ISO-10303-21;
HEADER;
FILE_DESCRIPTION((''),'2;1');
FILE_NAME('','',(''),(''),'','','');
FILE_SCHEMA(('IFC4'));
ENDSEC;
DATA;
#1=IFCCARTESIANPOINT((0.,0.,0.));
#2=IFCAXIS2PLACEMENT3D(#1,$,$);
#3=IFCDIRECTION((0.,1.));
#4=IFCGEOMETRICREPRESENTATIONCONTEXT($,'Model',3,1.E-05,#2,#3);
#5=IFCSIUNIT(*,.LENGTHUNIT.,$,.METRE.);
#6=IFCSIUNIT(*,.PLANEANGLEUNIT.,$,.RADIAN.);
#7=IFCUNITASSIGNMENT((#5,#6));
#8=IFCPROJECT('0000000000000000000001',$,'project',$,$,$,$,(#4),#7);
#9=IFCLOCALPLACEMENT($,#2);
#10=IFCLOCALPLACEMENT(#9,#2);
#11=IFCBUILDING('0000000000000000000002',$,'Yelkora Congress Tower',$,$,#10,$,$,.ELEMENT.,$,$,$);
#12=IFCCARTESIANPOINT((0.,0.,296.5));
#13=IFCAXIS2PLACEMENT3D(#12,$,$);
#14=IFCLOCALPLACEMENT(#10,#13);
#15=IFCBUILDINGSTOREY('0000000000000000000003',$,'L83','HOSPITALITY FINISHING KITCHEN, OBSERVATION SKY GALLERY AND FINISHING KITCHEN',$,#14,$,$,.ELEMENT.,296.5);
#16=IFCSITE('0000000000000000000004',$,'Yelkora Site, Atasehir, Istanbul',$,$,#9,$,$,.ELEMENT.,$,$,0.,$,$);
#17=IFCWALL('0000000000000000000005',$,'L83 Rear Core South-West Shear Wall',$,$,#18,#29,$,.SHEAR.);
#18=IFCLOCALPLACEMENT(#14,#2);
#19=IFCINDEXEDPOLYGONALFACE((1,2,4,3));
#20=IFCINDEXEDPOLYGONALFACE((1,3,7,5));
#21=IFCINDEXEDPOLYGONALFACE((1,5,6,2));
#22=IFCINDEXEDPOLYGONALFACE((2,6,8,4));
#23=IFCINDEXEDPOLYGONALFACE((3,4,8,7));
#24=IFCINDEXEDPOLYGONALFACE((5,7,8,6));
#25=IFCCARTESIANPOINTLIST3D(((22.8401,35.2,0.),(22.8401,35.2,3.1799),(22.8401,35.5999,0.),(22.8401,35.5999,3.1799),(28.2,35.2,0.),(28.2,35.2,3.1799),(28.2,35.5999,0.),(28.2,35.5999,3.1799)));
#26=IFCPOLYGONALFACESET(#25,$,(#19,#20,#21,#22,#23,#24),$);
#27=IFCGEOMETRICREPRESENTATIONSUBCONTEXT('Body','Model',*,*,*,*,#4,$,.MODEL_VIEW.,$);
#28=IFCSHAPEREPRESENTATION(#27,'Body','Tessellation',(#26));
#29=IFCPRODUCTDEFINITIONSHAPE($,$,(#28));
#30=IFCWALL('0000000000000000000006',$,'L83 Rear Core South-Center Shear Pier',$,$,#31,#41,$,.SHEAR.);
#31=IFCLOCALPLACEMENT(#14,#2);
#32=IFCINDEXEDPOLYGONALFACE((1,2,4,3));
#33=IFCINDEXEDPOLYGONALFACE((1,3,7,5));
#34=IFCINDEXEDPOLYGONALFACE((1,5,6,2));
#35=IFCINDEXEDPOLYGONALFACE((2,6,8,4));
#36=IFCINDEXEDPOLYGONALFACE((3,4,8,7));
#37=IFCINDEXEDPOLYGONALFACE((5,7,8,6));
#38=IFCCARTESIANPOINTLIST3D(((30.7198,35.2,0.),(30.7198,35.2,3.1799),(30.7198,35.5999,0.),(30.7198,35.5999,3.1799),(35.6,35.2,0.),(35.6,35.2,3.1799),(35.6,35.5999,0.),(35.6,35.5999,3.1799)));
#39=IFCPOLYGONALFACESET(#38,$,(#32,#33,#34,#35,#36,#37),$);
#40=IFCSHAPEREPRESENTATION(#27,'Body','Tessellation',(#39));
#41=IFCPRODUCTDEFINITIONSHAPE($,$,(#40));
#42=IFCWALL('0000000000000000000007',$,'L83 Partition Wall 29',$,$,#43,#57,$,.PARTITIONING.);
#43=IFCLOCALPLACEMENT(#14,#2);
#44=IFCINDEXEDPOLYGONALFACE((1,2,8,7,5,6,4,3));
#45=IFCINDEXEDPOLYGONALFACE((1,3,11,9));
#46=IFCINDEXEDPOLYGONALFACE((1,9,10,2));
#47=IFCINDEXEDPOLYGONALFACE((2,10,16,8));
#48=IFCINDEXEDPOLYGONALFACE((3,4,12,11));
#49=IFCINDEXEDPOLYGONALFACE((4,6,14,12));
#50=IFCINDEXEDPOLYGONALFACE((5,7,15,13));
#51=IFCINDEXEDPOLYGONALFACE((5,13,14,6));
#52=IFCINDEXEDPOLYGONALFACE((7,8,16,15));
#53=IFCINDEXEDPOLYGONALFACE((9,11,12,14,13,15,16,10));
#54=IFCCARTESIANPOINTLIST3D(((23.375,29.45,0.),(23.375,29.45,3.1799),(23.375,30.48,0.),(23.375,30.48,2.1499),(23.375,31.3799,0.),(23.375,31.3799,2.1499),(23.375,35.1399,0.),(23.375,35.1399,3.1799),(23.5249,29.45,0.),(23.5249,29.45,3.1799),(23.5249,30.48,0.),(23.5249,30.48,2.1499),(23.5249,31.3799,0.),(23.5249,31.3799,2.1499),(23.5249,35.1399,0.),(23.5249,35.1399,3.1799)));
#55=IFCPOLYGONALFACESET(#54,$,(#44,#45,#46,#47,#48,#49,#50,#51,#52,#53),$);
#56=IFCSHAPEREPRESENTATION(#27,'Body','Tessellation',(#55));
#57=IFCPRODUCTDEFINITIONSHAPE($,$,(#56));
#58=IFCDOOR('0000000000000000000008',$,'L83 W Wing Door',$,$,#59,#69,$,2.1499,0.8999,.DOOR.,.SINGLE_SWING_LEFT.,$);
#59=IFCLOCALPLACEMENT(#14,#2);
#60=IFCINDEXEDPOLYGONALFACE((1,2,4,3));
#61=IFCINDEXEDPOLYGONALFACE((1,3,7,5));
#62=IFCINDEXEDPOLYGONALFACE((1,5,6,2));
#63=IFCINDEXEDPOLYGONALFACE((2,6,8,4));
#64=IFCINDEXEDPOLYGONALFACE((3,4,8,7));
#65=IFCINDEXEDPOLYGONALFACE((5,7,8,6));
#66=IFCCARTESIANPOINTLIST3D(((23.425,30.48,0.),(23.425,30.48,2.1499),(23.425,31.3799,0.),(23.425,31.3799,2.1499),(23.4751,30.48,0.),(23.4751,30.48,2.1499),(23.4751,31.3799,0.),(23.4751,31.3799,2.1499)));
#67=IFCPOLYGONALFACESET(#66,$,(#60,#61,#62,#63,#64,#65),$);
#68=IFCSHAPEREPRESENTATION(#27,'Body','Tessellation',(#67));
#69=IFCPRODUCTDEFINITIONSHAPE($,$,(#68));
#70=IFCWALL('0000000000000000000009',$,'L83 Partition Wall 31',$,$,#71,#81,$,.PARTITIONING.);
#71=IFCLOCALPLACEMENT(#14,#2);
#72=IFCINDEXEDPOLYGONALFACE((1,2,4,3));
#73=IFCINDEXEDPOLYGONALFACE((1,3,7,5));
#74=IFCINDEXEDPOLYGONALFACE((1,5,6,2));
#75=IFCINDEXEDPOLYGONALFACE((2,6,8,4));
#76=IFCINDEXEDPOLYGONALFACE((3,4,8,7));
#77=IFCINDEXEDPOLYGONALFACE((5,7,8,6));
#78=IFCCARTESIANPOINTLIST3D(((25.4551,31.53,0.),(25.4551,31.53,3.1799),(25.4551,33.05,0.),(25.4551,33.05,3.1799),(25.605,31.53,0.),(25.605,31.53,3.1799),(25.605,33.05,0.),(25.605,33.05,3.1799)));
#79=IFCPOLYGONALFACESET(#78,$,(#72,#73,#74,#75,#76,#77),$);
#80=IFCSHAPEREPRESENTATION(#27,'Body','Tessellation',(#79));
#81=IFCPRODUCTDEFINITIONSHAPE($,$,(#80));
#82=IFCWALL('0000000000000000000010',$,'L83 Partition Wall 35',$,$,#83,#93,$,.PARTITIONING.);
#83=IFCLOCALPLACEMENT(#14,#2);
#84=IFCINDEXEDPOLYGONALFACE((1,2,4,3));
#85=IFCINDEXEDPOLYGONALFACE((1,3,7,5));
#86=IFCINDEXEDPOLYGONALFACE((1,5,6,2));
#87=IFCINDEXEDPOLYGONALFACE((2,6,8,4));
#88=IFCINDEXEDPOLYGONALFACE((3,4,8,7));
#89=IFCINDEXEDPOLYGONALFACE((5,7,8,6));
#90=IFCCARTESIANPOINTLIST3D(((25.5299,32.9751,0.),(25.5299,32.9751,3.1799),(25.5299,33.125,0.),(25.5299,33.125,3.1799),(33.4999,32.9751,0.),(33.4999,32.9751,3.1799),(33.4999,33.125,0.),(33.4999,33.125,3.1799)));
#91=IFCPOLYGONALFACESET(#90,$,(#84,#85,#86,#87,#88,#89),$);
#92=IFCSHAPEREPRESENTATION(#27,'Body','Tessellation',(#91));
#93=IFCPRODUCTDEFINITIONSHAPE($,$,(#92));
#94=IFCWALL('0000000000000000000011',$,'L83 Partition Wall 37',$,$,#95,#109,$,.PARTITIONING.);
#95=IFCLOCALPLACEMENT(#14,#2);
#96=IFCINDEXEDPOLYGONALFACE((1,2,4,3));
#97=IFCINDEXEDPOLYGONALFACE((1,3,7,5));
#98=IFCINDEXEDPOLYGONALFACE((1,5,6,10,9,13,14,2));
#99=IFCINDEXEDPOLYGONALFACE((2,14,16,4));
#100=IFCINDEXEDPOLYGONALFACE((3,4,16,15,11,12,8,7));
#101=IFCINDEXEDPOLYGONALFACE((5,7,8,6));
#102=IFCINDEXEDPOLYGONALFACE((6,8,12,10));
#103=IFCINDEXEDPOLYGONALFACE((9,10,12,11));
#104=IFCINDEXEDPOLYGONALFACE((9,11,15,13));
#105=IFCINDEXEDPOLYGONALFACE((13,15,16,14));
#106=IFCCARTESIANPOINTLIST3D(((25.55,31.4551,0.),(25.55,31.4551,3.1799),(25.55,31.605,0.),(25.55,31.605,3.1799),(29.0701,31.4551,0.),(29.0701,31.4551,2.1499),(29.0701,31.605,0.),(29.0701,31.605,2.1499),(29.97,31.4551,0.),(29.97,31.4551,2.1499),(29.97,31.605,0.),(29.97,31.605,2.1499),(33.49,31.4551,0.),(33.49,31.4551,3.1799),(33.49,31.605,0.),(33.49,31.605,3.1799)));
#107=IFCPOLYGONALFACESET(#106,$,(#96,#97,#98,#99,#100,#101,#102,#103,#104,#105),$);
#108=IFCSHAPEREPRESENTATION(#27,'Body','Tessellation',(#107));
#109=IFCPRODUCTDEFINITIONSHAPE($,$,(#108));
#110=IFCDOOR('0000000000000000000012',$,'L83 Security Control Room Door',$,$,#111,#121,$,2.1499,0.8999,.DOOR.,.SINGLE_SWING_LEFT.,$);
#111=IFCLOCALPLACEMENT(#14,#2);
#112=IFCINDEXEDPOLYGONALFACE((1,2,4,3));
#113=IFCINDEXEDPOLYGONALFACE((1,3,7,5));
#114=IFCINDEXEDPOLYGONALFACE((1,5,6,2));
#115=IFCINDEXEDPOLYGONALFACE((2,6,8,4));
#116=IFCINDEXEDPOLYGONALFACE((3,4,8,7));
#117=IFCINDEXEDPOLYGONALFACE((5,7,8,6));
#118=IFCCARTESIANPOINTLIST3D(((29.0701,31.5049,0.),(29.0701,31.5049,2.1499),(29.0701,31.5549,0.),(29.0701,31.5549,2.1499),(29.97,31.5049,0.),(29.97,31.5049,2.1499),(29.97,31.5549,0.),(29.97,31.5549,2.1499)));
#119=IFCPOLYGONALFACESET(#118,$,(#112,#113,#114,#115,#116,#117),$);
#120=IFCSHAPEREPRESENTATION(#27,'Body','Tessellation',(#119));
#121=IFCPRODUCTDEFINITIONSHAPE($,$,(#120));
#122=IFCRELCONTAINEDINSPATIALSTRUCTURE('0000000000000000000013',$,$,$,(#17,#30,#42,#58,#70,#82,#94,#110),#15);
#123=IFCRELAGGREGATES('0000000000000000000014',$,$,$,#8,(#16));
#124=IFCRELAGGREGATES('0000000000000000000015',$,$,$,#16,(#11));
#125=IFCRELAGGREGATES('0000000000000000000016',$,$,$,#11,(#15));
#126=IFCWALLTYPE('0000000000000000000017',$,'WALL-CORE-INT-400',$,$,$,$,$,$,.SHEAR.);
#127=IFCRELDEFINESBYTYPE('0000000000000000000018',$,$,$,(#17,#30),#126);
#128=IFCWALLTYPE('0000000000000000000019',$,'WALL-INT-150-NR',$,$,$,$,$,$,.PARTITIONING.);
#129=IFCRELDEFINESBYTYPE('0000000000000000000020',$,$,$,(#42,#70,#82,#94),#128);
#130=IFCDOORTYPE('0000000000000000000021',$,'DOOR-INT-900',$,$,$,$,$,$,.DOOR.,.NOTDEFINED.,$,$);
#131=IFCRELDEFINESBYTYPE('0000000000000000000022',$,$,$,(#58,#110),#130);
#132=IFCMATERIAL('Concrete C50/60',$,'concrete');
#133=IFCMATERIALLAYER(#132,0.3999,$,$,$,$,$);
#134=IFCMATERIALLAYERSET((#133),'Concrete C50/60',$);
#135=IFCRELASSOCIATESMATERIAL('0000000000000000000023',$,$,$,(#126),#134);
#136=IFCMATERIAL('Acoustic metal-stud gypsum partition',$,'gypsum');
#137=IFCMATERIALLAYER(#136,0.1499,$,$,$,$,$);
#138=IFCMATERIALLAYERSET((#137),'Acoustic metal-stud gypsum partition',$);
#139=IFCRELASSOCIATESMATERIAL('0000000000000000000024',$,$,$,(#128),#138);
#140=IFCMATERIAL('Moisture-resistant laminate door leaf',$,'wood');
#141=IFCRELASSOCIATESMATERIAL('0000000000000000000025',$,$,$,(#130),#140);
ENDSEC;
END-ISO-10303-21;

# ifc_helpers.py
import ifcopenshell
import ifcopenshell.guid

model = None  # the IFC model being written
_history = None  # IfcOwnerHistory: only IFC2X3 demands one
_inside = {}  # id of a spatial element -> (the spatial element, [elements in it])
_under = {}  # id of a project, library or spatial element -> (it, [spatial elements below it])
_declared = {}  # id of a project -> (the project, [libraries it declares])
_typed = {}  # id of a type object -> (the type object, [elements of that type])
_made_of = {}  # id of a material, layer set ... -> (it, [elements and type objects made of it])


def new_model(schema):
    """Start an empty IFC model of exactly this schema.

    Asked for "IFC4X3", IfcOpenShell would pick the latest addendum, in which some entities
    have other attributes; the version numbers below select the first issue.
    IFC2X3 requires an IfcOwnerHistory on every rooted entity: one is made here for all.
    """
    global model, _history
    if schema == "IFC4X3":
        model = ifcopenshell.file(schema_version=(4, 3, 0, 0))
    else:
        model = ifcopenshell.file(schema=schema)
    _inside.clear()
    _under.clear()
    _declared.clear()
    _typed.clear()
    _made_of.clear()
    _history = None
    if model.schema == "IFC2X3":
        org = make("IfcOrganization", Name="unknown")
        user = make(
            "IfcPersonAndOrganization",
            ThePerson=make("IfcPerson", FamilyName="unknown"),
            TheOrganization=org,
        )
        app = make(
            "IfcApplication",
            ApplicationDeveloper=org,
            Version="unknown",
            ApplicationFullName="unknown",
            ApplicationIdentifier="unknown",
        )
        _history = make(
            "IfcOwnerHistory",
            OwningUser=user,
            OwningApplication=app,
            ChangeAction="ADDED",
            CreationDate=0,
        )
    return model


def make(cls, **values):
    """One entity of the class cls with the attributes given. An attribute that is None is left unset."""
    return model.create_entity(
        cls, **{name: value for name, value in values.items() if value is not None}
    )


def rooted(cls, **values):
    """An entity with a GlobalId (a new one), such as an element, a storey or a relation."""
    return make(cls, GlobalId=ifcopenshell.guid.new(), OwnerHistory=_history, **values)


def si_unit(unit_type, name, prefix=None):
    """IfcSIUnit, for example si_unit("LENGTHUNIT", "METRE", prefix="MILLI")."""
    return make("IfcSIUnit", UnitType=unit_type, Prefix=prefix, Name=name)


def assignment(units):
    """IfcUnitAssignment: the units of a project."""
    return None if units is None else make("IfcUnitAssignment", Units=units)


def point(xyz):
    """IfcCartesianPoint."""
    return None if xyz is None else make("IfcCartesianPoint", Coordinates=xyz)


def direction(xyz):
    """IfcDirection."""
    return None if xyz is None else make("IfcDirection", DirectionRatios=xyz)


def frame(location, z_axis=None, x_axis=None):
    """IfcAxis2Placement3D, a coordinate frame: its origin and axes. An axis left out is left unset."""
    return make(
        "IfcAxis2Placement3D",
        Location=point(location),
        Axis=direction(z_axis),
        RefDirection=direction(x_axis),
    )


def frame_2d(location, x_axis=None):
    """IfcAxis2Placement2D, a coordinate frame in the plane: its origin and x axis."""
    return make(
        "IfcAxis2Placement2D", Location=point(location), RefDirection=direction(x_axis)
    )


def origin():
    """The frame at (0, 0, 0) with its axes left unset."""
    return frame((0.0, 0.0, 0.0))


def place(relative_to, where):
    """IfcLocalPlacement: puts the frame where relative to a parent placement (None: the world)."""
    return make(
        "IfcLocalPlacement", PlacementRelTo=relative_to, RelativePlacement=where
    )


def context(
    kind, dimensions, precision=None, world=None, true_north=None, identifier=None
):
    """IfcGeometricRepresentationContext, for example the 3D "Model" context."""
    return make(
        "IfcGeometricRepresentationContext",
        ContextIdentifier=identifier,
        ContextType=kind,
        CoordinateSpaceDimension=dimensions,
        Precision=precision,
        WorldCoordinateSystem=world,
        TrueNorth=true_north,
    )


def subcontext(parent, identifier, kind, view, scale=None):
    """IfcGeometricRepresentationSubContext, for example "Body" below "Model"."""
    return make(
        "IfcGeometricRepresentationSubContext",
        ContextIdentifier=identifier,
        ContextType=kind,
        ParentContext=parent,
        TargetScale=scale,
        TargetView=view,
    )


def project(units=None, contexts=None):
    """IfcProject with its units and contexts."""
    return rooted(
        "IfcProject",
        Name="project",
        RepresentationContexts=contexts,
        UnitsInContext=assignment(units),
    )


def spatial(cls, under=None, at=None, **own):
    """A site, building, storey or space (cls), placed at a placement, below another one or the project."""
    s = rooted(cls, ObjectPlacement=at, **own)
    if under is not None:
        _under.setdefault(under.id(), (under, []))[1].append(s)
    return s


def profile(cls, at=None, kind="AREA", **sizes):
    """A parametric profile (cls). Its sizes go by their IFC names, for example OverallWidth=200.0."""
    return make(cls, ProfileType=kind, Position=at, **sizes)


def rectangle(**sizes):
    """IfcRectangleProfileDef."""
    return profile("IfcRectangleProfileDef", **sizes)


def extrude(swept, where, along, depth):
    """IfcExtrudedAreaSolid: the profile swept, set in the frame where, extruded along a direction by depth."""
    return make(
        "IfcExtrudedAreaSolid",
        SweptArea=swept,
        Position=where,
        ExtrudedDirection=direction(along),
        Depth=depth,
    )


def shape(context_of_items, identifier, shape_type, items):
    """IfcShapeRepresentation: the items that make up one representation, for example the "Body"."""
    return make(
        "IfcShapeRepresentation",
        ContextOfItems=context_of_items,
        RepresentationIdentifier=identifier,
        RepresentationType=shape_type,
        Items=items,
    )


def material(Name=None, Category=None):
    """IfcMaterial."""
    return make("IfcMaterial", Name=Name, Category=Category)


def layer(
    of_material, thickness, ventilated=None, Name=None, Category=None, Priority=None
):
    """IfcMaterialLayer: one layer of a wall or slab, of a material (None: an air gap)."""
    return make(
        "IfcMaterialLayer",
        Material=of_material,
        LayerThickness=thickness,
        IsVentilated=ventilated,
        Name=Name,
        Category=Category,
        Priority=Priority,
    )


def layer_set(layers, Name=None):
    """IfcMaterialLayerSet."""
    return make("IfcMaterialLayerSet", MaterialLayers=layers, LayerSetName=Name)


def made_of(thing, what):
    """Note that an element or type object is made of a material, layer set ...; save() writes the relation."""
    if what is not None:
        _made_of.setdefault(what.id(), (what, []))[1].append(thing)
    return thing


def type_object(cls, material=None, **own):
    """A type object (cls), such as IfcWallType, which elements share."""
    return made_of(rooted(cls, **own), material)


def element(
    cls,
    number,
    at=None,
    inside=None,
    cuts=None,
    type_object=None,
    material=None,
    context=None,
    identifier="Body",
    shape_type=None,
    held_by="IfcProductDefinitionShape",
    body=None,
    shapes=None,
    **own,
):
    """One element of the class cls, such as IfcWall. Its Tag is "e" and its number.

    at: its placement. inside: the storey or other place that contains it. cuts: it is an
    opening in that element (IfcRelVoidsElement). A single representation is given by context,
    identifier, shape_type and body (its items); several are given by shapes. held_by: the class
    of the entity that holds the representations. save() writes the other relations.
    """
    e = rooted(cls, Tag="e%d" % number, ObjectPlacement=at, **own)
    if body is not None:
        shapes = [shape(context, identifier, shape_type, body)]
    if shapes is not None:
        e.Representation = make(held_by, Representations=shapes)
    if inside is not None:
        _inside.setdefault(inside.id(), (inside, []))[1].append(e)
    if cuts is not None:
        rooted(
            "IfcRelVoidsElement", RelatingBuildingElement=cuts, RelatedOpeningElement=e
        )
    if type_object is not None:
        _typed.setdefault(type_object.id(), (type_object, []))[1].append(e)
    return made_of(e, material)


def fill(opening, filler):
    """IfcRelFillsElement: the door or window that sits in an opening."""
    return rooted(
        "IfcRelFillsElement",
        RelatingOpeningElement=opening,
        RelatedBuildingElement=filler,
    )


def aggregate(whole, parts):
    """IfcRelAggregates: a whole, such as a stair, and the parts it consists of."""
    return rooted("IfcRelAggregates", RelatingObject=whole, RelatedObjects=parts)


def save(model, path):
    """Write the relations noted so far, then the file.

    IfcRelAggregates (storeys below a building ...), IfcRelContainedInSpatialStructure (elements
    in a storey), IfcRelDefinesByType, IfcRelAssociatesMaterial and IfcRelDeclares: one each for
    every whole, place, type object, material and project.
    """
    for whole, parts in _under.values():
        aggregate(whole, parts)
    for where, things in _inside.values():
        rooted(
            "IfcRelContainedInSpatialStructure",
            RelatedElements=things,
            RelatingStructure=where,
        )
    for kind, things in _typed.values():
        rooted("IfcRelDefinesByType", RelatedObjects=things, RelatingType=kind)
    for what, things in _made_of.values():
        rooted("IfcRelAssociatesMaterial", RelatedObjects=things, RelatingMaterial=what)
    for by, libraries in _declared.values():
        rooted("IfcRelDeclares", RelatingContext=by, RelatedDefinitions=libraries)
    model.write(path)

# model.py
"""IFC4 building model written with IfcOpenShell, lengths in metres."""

from ifc_helpers import new_model, si_unit, direction, frame, frame_2d, origin, place, context, subcontext, project, spatial, rectangle, extrude, material, layer, layer_set, type_object, element, fill, save


model = new_model("IFC4")

# Units and contexts
model_context = context("Model", 3, precision=1e-05, world=origin(), true_north=direction((0.0, 1.0)))
body_context = subcontext(model_context, "Body", "Model", "MODEL_VIEW")
ifc_project = project(units=[si_unit("LENGTHUNIT", "METRE"), si_unit("PLANEANGLEUNIT", "RADIAN")], contexts=[model_context])

# Site, building, storey
site_placement = place(None, origin())
site = spatial("IfcSite", under=ifc_project, at=site_placement, Name="Yelkora Site, Atasehir, Istanbul", CompositionType="ELEMENT", RefElevation=0.0)
building_placement = place(site_placement, origin())
building = spatial("IfcBuilding", under=site, at=building_placement, Name="Yelkora Congress Tower", CompositionType="ELEMENT")
storey_placement = place(building_placement, frame((0.0, 0.0, 296.5)))
storey = spatial("IfcBuildingStorey", under=building, at=storey_placement, Name="L83", Description="HOSPITALITY FINISHING KITCHEN, OBSERVATION SKY GALLERY AND FINISHING KITCHEN", CompositionType="ELEMENT", Elevation=296.5)

# Walls
ifc_material_1 = material(Name="Concrete C50/60", Category="concrete")
ifc_layer_1 = layer(ifc_material_1, 0.3999)
ifc_layer_set_1 = layer_set([ifc_layer_1], Name="Concrete C50/60")
wall_type_1 = type_object("IfcWallType", Name="WALL-CORE-INT-400", PredefinedType="SHEAR", material=ifc_layer_set_1)
wall_1_placement = place(storey_placement, frame((22.8401, 35.3999, 0.0), z_axis=(0.0, 0.0, 1.0), x_axis=(1.0, 0.0, 0.0)))
element("IfcWall", 1, at=wall_1_placement, inside=storey, type_object=wall_type_1, Name="L83 Rear Core South-West Shear Wall", PredefinedType="SHEAR", context=body_context, shape_type="SweptSolid", body=[
    extrude(rectangle(XDim=5.3599, YDim=0.3999, at=frame_2d((2.6799, 0.0))), origin(), (0.0, 0.0, 1.0), 3.1799),
])
wall_2_placement = place(storey_placement, frame((30.72, 35.3999, 0.0), z_axis=(0.0, 0.0, 1.0), x_axis=(1.0, 0.0, 0.0)))
element("IfcWall", 2, at=wall_2_placement, inside=storey, type_object=wall_type_1, Name="L83 Rear Core South-Center Shear Pier", PredefinedType="SHEAR", context=body_context, shape_type="SweptSolid", body=[
    extrude(rectangle(XDim=4.8801, YDim=0.3999, at=frame_2d((2.4399, 0.0))), origin(), (0.0, 0.0, 1.0), 3.1799),
])

# Wall, opening, door
ifc_material_2 = material(Name="Acoustic metal-stud gypsum partition", Category="gypsum")
ifc_layer_2 = layer(ifc_material_2, 0.1499)
ifc_layer_set_2 = layer_set([ifc_layer_2], Name="Acoustic metal-stud gypsum partition")
wall_type_2 = type_object("IfcWallType", Name="WALL-INT-150-NR", PredefinedType="PARTITIONING", material=ifc_layer_set_2)
wall_3_placement = place(storey_placement, frame((23.45, 29.45, 0.0), z_axis=(0.0, 0.0, 1.0), x_axis=(0.0, 1.0, 0.0)))
wall_3 = element("IfcWall", 3, at=wall_3_placement, inside=storey, type_object=wall_type_2, Name="L83 Partition Wall 29", PredefinedType="PARTITIONING", context=body_context, shape_type="SweptSolid", body=[
    extrude(rectangle(XDim=5.6899, YDim=0.1499, at=frame_2d((2.845, 0.0))), origin(), (0.0, 0.0, 1.0), 3.1799),
])
opening_1_placement = place(wall_3_placement, frame((1.03, 0.0, 0.0)))
opening_1 = element("IfcOpeningElement", 4, at=opening_1_placement, cuts=wall_3, PredefinedType="OPENING", context=body_context, shape_type="SweptSolid", body=[
    extrude(rectangle(XDim=0.8999, YDim=2.1499, at=frame_2d((0.45, 1.075))), frame((0.0, 0.085, 0.0), z_axis=(0.0, -1.0, 0.0), x_axis=(1.0, 0.0, 0.0)), (0.0, 0.0, 1.0), 0.1699),
])
ifc_material_3 = material(Name="Moisture-resistant laminate door leaf", Category="wood")
door_type_1 = type_object("IfcDoorType", Name="DOOR-INT-900", OperationType="NOTDEFINED", PredefinedType="DOOR", material=ifc_material_3)
door_1_placement = place(opening_1_placement, origin())
door_1 = element("IfcDoor", 5, at=door_1_placement, inside=storey, type_object=door_type_1, Name="L83 W Wing Door", OperationType="SINGLE_SWING_LEFT", OverallHeight=2.1499, OverallWidth=0.8999, PredefinedType="DOOR", context=body_context, shape_type="SweptSolid", body=[
    extrude(rectangle(XDim=0.8999, YDim=2.1499, at=frame_2d((0.45, 1.075))), frame((0.0, 0.0249, 0.0), z_axis=(0.0, -1.0, 0.0), x_axis=(1.0, 0.0, 0.0)), (0.0, 0.0, 1.0), 0.05),
])
fill(opening_1, door_1)

# Walls
wall_4_placement = place(storey_placement, frame((25.53, 31.53, 0.0), z_axis=(0.0, 0.0, 1.0), x_axis=(0.0, 1.0, 0.0)))
element("IfcWall", 6, at=wall_4_placement, inside=storey, type_object=wall_type_2, Name="L83 Partition Wall 31", PredefinedType="PARTITIONING", context=body_context, shape_type="SweptSolid", body=[
    extrude(rectangle(XDim=1.52, YDim=0.1499, at=frame_2d((0.76, 0.0))), origin(), (0.0, 0.0, 1.0), 3.1799),
])
wall_5_placement = place(storey_placement, frame((25.53, 33.05, 0.0), z_axis=(0.0, 0.0, 1.0), x_axis=(1.0, 0.0, 0.0)))
element("IfcWall", 7, at=wall_5_placement, inside=storey, type_object=wall_type_2, Name="L83 Partition Wall 35", PredefinedType="PARTITIONING", context=body_context, shape_type="SweptSolid", body=[
    extrude(rectangle(XDim=7.97, YDim=0.1499, at=frame_2d((3.9849, 0.0))), origin(), (0.0, 0.0, 1.0), 3.1799),
])

# Wall, opening, door
wall_6_placement = place(storey_placement, frame((25.55, 31.53, 0.0), z_axis=(0.0, 0.0, 1.0), x_axis=(1.0, 0.0, 0.0)))
wall_6 = element("IfcWall", 8, at=wall_6_placement, inside=storey, type_object=wall_type_2, Name="L83 Partition Wall 37", PredefinedType="PARTITIONING", context=body_context, shape_type="SweptSolid", body=[
    extrude(rectangle(XDim=7.9399, YDim=0.1499, at=frame_2d((3.97, 0.0))), origin(), (0.0, 0.0, 1.0), 3.1799),
])
opening_2_placement = place(wall_6_placement, frame((3.52, 0.0, 0.0)))
opening_2 = element("IfcOpeningElement", 9, at=opening_2_placement, cuts=wall_6, PredefinedType="OPENING", context=body_context, shape_type="SweptSolid", body=[
    extrude(rectangle(XDim=0.8999, YDim=2.1499, at=frame_2d((0.45, 1.075))), frame((0.0, 0.085, 0.0), z_axis=(0.0, -1.0, 0.0), x_axis=(1.0, 0.0, 0.0)), (0.0, 0.0, 1.0), 0.1699),
])
door_2_placement = place(opening_2_placement, origin())
door_2 = element("IfcDoor", 10, at=door_2_placement, inside=storey, type_object=door_type_1, Name="L83 Security Control Room Door", OperationType="SINGLE_SWING_LEFT", OverallHeight=2.1499, OverallWidth=0.8999, PredefinedType="DOOR", context=body_context, shape_type="SweptSolid", body=[
    extrude(rectangle(XDim=0.8999, YDim=2.1499, at=frame_2d((0.45, 1.075))), frame((0.0, 0.0249, 0.0), z_axis=(0.0, -1.0, 0.0), x_axis=(1.0, 0.0, 0.0)), (0.0, 0.0, 1.0), 0.05),
])
fill(opening_2, door_2)

save(model, "model.ifc")
